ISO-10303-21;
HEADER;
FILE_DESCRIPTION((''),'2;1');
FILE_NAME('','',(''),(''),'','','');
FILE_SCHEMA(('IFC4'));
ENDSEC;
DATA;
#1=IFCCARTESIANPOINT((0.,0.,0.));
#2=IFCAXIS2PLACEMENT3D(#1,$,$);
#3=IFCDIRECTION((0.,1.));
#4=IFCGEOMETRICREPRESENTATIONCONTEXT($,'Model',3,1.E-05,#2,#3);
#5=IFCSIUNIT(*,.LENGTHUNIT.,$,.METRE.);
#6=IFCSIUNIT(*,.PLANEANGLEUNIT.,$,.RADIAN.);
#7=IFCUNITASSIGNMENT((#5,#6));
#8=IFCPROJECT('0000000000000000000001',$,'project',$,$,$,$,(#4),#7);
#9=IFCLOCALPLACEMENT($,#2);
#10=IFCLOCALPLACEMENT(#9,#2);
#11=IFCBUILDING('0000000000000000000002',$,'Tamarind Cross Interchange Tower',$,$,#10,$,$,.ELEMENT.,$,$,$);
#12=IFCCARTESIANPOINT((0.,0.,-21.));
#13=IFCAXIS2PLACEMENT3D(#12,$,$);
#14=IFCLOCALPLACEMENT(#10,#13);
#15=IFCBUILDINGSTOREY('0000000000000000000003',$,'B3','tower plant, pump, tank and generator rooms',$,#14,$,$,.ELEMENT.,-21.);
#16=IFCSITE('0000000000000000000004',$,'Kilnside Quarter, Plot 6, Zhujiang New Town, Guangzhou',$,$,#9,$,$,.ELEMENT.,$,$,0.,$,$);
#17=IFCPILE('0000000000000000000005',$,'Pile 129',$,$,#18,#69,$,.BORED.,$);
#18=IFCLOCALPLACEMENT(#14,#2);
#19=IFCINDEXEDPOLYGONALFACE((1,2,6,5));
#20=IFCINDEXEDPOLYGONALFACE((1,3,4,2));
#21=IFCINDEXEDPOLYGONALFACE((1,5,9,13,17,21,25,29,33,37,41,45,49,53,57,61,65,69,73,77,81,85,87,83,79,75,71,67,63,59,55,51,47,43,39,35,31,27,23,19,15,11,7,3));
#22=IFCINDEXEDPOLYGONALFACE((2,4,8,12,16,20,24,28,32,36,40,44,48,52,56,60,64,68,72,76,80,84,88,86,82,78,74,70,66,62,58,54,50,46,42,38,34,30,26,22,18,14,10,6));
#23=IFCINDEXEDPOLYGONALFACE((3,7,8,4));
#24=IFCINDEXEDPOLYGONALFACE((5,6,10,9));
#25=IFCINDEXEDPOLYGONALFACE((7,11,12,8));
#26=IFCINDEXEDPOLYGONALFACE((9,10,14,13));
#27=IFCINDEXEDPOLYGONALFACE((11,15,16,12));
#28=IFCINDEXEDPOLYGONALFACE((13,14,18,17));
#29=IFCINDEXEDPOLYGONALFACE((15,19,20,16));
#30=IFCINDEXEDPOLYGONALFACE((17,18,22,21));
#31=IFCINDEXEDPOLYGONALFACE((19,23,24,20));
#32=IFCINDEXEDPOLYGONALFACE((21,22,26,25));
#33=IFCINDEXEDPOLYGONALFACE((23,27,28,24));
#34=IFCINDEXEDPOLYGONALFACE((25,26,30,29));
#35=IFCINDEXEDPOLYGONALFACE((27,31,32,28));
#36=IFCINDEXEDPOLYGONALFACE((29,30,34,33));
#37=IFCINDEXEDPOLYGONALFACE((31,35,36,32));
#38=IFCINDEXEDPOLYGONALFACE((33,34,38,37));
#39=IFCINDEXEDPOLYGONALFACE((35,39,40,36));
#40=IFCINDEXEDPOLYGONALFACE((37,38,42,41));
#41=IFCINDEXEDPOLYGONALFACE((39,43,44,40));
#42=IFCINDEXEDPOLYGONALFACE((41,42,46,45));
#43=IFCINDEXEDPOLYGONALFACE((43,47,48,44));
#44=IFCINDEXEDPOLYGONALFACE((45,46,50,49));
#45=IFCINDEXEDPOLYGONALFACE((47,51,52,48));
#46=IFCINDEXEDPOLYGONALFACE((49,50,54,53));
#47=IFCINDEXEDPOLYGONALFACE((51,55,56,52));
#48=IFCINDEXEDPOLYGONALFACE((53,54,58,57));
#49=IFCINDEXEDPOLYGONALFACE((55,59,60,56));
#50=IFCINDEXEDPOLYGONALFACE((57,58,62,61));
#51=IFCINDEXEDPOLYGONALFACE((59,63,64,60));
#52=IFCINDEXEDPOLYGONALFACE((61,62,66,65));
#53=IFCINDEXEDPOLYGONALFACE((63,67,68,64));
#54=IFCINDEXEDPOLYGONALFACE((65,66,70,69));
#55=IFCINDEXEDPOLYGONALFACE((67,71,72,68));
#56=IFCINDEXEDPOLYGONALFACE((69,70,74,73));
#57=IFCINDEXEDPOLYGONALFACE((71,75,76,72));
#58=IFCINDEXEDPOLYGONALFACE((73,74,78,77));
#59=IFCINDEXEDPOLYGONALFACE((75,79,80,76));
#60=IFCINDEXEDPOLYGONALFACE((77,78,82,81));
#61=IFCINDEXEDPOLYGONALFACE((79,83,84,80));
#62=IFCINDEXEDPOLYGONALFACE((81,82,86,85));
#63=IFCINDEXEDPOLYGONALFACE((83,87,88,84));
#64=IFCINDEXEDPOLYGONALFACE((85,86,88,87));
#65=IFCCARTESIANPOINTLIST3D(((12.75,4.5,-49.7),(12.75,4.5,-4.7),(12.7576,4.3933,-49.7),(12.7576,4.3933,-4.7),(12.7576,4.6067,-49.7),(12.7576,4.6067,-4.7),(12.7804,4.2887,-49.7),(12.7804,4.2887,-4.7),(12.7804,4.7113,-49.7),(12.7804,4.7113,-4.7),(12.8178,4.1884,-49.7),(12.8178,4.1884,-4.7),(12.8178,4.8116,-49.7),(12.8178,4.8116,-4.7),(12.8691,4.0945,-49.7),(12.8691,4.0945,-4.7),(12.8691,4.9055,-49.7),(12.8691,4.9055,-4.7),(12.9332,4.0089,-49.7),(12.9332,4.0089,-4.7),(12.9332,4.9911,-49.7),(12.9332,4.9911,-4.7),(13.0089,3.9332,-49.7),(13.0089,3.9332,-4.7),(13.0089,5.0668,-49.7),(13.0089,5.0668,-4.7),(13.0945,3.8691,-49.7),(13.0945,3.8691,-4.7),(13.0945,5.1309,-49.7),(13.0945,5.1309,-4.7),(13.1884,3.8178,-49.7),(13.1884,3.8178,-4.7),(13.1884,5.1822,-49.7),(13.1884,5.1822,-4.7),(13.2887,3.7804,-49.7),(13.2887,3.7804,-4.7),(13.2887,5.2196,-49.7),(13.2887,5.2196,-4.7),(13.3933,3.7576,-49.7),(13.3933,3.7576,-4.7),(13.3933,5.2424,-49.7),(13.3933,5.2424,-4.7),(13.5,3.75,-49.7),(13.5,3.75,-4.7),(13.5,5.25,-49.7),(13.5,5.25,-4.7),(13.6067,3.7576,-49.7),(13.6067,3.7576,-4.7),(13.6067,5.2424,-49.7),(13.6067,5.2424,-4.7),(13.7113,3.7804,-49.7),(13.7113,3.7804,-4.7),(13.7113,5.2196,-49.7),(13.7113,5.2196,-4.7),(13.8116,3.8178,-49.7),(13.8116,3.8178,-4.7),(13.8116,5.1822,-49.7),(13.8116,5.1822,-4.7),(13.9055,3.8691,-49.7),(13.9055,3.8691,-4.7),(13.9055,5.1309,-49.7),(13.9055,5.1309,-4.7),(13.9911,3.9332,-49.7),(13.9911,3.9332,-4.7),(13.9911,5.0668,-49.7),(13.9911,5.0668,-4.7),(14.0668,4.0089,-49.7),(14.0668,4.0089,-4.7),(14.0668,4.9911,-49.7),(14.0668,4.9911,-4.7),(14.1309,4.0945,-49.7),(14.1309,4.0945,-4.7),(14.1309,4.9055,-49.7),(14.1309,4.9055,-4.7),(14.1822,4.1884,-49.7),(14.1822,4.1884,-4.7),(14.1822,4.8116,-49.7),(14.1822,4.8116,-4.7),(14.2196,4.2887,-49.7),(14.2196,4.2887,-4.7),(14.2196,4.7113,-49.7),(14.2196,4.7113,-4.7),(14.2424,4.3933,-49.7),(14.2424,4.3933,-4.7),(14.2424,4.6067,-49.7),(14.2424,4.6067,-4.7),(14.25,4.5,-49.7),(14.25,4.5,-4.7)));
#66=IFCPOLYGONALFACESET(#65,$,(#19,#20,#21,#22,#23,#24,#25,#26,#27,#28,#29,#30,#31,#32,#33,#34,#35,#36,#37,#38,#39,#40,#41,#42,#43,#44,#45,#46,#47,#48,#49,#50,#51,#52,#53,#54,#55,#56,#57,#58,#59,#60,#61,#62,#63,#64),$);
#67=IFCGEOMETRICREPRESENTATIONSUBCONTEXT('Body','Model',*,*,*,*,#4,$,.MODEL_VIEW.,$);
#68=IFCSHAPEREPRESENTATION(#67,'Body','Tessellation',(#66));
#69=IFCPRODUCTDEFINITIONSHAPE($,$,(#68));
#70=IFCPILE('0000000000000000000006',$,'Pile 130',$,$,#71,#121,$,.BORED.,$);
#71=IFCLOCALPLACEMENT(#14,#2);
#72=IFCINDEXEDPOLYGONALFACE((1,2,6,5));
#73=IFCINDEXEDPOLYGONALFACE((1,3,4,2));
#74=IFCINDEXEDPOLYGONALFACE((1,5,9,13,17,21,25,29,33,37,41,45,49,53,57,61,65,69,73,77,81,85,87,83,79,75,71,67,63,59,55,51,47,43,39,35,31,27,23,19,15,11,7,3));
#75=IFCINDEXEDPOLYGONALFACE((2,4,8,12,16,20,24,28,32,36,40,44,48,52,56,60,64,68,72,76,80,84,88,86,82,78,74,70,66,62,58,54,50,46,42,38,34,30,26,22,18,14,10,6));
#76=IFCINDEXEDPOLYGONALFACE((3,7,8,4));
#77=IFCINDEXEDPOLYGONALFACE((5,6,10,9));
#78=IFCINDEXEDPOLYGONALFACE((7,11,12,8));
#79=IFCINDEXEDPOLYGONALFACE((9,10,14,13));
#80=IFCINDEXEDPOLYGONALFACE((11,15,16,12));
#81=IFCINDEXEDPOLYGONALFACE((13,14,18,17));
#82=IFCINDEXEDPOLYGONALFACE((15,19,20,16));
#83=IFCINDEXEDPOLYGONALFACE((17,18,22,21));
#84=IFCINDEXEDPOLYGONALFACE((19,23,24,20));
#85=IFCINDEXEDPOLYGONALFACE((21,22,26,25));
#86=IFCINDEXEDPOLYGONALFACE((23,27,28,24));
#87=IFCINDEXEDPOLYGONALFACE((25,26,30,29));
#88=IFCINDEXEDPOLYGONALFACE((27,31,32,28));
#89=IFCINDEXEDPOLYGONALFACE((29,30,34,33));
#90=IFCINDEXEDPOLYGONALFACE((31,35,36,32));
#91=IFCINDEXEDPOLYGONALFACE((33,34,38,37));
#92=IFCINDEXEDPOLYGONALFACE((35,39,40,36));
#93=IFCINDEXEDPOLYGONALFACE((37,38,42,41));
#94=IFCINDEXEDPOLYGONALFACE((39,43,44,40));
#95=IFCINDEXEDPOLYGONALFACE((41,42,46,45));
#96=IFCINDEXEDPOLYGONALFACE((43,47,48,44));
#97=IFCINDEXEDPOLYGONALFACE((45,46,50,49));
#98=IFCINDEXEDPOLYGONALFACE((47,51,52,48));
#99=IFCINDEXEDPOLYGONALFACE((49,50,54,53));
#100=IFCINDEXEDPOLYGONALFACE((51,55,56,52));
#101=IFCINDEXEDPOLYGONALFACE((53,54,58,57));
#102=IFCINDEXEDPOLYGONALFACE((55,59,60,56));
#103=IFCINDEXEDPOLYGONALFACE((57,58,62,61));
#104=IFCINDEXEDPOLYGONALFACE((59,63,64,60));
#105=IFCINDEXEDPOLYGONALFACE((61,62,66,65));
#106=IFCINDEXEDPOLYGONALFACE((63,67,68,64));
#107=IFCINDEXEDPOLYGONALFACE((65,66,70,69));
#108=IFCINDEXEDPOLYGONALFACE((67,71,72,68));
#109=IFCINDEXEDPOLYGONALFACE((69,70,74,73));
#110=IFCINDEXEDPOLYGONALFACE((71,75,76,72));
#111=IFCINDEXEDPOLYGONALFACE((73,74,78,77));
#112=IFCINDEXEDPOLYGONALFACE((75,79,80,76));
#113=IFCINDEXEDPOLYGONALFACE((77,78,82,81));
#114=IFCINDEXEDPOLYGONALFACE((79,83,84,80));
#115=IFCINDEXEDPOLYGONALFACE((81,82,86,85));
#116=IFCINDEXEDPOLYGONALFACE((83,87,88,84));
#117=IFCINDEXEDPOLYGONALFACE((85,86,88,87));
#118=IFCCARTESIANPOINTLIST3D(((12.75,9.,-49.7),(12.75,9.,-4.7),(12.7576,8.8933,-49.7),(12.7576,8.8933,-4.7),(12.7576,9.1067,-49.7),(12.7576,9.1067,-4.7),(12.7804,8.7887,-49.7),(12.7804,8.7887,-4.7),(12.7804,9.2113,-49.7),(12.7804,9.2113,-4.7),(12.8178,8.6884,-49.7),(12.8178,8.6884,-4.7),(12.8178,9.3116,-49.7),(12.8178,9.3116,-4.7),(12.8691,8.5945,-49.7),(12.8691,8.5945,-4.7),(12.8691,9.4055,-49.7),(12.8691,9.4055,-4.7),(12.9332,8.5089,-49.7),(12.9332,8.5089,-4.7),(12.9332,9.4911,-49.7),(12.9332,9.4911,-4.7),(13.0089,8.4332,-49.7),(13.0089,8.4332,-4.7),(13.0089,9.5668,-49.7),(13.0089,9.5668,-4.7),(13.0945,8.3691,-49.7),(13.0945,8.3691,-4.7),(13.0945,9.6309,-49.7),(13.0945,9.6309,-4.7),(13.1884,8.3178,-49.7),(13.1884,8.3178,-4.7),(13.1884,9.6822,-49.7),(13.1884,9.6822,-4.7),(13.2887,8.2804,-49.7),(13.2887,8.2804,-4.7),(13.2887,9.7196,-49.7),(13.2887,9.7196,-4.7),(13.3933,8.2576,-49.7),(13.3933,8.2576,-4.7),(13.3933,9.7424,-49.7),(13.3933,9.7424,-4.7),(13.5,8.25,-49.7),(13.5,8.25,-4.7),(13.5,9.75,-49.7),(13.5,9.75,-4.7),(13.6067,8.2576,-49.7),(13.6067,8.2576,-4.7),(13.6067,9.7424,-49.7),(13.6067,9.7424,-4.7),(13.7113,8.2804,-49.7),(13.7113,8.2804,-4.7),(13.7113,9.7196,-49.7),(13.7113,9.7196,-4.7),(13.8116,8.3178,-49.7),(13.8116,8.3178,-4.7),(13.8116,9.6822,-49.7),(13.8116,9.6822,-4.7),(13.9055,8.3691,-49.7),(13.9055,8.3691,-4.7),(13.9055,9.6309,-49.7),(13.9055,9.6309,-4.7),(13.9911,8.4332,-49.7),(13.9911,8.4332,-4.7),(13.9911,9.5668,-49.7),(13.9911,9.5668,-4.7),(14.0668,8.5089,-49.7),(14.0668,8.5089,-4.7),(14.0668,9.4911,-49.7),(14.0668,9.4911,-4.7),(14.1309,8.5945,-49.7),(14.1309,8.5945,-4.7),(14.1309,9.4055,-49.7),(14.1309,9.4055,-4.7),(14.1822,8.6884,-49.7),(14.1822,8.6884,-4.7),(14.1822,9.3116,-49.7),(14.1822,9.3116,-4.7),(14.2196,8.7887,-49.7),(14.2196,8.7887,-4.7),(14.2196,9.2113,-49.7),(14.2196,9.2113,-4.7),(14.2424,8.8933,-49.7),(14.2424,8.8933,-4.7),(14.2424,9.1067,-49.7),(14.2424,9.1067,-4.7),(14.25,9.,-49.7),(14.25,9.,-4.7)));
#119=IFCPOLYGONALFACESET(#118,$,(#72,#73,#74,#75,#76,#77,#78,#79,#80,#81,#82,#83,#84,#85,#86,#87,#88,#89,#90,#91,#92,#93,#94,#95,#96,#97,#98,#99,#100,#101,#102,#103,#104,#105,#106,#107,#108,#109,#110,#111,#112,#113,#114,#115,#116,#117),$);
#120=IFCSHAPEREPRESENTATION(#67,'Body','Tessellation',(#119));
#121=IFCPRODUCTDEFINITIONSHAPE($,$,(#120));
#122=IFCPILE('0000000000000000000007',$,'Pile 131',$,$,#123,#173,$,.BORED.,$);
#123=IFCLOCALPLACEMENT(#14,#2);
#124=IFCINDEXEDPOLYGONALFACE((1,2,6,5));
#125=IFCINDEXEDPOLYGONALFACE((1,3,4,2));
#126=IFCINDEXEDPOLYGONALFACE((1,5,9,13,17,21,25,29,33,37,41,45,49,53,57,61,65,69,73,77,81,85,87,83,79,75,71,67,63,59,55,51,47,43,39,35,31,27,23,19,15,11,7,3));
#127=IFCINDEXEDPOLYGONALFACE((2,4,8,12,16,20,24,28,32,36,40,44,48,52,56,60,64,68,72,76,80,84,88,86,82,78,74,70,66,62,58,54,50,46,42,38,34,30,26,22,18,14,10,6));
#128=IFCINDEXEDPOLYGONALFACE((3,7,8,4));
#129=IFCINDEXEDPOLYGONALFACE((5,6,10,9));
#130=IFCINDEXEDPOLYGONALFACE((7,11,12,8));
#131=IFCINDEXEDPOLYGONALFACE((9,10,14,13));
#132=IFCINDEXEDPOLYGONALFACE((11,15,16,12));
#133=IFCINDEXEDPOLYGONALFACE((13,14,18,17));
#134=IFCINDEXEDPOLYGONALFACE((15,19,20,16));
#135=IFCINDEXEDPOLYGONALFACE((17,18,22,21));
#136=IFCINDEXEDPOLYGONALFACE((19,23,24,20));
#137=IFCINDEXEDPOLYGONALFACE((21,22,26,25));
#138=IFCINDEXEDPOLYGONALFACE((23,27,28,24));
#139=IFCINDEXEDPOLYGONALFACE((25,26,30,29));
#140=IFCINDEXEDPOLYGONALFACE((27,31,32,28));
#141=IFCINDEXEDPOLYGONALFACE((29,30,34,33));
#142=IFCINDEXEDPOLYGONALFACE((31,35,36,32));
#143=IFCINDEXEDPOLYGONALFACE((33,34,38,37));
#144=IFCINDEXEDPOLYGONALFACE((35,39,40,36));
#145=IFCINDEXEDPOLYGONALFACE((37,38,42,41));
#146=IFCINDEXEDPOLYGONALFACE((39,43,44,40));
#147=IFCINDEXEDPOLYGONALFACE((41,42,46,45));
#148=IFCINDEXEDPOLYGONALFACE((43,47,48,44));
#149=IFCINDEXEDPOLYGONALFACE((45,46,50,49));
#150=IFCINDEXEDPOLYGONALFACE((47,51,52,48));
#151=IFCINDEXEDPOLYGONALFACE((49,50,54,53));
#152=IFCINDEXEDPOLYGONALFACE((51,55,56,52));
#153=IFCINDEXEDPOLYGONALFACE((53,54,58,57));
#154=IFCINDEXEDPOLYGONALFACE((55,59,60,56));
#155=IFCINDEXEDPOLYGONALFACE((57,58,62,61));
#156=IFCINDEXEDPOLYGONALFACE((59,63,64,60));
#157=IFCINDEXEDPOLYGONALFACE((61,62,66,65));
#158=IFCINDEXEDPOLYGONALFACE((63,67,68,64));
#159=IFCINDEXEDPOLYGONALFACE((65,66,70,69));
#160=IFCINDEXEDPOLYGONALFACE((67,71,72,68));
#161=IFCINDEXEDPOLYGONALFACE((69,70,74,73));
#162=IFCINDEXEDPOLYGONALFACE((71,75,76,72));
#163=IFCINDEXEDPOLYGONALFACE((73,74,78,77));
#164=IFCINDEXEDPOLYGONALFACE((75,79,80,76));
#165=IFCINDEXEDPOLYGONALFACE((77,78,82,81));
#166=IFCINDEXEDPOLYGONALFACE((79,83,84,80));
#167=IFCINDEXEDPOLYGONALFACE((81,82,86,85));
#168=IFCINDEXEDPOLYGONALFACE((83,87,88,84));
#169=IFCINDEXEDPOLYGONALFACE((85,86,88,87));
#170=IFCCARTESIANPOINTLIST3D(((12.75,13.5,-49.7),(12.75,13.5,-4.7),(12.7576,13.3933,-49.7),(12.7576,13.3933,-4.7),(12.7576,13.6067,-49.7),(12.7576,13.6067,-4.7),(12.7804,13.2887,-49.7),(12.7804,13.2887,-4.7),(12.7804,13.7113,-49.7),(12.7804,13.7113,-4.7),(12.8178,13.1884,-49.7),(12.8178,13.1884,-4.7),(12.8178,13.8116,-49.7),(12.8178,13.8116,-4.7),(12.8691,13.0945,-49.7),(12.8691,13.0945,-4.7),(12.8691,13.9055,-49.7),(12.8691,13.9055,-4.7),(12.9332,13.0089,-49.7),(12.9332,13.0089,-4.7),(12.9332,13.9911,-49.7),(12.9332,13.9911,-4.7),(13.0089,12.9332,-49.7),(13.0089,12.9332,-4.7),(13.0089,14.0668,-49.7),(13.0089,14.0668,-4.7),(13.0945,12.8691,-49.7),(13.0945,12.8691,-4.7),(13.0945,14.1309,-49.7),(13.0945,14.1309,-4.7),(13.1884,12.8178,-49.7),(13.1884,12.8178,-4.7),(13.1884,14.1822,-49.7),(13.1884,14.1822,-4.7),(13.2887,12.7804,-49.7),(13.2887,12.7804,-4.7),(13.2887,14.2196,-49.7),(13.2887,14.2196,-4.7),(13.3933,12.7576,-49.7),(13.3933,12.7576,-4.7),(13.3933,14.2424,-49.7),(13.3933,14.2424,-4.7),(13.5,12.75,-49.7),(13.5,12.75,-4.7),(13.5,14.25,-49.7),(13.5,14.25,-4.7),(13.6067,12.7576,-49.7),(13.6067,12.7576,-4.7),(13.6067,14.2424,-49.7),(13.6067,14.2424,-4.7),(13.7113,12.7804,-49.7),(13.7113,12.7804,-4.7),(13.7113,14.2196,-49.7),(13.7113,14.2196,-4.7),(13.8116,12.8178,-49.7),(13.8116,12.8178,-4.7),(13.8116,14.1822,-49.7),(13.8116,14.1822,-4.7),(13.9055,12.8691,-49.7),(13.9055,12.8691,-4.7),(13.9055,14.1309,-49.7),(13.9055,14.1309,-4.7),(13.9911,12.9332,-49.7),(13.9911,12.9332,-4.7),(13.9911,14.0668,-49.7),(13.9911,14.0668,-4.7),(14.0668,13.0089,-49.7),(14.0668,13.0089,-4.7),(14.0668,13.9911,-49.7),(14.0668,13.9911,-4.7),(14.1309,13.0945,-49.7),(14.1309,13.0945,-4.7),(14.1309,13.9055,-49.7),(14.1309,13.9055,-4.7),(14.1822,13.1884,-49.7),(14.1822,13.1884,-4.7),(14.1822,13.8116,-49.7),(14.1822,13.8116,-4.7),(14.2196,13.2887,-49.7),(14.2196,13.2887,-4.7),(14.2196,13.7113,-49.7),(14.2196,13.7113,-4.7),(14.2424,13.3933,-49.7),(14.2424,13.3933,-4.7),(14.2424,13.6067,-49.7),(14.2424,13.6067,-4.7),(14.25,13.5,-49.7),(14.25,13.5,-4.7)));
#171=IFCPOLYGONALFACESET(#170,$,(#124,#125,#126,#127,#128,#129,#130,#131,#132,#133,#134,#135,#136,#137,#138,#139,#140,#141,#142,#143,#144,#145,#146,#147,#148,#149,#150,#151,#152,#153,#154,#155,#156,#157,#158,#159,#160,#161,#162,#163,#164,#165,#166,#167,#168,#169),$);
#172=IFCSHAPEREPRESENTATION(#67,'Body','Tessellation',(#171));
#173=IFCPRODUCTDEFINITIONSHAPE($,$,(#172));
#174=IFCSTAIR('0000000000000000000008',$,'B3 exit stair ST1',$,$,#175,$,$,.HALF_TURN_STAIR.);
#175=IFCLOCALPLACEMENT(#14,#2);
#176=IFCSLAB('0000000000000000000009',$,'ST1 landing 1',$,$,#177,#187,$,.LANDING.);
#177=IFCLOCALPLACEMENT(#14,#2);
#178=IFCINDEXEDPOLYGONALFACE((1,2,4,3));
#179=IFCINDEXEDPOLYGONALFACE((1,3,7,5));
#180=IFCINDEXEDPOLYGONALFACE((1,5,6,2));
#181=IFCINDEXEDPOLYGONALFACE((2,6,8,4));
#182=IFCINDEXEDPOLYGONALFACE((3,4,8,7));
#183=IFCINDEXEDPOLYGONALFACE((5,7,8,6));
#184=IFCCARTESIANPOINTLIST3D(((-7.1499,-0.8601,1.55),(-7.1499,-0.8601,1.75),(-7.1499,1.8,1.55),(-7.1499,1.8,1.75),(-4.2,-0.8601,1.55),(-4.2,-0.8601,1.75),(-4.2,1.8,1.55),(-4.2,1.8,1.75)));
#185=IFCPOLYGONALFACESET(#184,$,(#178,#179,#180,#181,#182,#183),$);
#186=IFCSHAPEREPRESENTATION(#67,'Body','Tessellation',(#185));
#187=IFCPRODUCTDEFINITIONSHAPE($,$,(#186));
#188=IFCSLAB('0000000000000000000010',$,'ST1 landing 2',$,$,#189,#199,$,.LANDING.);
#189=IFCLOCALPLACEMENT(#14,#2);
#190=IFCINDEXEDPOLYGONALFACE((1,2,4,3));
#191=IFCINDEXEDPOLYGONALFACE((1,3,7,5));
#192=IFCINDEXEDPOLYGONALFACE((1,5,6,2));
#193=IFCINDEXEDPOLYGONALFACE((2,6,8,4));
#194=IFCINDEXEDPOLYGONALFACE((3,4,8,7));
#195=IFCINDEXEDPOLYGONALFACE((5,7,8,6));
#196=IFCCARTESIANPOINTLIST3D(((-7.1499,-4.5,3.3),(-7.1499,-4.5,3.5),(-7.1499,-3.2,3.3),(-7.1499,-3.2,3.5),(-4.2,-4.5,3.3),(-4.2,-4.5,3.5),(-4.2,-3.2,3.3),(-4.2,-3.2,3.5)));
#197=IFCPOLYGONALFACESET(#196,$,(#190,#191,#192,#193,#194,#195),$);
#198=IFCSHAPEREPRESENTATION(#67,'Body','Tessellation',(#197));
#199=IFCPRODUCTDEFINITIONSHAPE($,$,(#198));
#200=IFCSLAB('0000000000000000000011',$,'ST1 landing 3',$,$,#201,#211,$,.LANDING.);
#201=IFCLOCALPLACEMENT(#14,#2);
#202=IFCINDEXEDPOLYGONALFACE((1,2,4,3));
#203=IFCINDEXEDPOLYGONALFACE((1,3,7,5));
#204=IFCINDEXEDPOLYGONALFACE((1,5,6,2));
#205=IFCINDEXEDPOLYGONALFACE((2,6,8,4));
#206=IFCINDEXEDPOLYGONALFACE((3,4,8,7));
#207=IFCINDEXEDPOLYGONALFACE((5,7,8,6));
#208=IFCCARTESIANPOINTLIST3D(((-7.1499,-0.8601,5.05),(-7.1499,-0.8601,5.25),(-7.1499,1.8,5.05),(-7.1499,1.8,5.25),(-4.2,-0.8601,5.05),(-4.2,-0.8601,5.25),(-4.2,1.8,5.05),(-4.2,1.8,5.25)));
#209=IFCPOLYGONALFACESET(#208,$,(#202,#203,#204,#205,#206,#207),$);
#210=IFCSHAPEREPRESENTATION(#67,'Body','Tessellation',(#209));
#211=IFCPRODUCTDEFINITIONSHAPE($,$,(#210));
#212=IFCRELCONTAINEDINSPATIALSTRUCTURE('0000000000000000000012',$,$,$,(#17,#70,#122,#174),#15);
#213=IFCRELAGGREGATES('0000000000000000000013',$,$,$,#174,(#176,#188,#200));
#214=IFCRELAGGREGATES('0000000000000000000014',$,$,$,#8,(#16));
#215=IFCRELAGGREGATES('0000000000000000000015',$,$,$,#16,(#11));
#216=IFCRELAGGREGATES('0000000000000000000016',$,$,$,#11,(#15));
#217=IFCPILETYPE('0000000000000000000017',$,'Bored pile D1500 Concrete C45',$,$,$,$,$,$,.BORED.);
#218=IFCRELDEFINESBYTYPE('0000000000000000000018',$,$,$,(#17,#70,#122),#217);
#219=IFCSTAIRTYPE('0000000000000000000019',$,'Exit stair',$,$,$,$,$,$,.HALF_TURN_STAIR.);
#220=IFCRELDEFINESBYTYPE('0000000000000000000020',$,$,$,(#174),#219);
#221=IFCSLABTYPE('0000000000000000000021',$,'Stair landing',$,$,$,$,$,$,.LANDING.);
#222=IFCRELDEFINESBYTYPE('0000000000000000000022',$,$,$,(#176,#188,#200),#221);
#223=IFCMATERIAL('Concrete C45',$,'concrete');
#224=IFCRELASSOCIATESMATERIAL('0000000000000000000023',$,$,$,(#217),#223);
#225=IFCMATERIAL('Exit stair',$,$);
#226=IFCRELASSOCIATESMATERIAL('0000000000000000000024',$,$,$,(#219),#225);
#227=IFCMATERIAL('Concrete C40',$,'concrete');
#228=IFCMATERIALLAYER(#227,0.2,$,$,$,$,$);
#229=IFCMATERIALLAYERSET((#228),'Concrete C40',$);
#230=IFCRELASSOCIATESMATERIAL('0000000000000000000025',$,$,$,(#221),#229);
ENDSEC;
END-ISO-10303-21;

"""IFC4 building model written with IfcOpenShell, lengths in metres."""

from ifc_helpers import new_model, si_unit, direction, frame, origin, origin_2d, place, context, subcontext, project, spatial, polyline, circle, outline, extrude, material, layer, layer_set, material_profile, profile_set, type_object, element, aggregate, save


model = new_model("IFC4")

# Units and contexts
model_context = context("Model", 3, precision=1e-05, world=origin(), true_north=direction((0.0, 1.0)))
body_context = subcontext(model_context, "Body", "Model", "MODEL_VIEW")
ifc_project = project(units=[si_unit("LENGTHUNIT", "METRE"), si_unit("PLANEANGLEUNIT", "RADIAN")], contexts=[model_context])

# Site, building, storey
site_placement = place(None, origin())
site = spatial("IfcSite", under=ifc_project, at=site_placement, Name="Kilnside Quarter, Plot 6, Zhujiang New Town, Guangzhou", CompositionType="ELEMENT", RefElevation=0.0)
building_placement = place(site_placement, origin())
building = spatial("IfcBuilding", under=site, at=building_placement, Name="Tamarind Cross Interchange Tower", CompositionType="ELEMENT")
storey_placement = place(building_placement, frame((0.0, 0.0, -21.0)))
storey = spatial("IfcBuildingStorey", under=building, at=storey_placement, Name="B3", Description="tower plant, pump, tank and generator rooms", CompositionType="ELEMENT", Elevation=-21.0)

# Piles
ifc_material_1 = material(Name="Concrete C45", Category="concrete")
ifc_material_profile = material_profile(ifc_material_1, circle(Radius=0.75, at=origin_2d()), Name="RC D1500")
ifc_profile_set = profile_set([ifc_material_profile], Name="Concrete C45")
pile_type = type_object("IfcPileType", Name="Bored pile D1500 Concrete C45", PredefinedType="BORED", material=ifc_profile_set)
for number, where, z_axis, x_axis, name in (
    (1, (13.5, 4.5, -4.7), (0.0, 0.0, -1.0), (1.0, 0.0, 0.0), "Pile 129"),
    (2, (13.5, 9.0, -4.7), (0.0, 0.0, -1.0), (1.0, 0.0, 0.0), "Pile 130"),
    (3, (13.5, 13.5, -4.7), (0.0, 0.0, -1.0), (1.0, 0.0, 0.0), "Pile 131"),
):
    element("IfcPile", number, at=place(storey_placement, frame(where, z_axis=z_axis, x_axis=x_axis)), inside=storey, type_object=pile_type, Name=name, PredefinedType="BORED", context=body_context, shape_type="SweptSolid", body=[
        extrude(circle(Radius=0.75, at=origin_2d()), origin(), (0.0, 0.0, 1.0), 45.0),
    ])

# Stair, slabs
ifc_material_2 = material(Name="Exit stair")
stair_type = type_object("IfcStairType", Name="Exit stair", PredefinedType="HALF_TURN_STAIR", material=ifc_material_2)
stair_1_placement = place(storey_placement, origin())
stair_1 = element("IfcStair", 4, at=stair_1_placement, inside=storey, type_object=stair_type, Name="B3 exit stair ST1", PredefinedType="HALF_TURN_STAIR")
ifc_material_3 = material(Name="Concrete C40", Category="concrete")
ifc_layer_1 = layer(ifc_material_3, 0.2)
ifc_layer_set_1 = layer_set([ifc_layer_1], Name="Concrete C40")
slab_type = type_object("IfcSlabType", Name="Stair landing", PredefinedType="LANDING", material=ifc_layer_set_1)
slab_1_placement = place(storey_placement, frame((0.0, 0.0, 1.55)))
slab_1 = element("IfcSlab", 5, at=slab_1_placement, type_object=slab_type, Name="ST1 landing 1", PredefinedType="LANDING", context=body_context, shape_type="SweptSolid", body=[
    extrude(outline(polyline([(-4.2, -0.8601), (-4.2, 1.8), (-7.1499, 1.8), (-7.1499, -0.8601), (-4.2, -0.8601)])), origin(), (0.0, 0.0, 1.0), 0.2),
])
slab_2_placement = place(storey_placement, frame((0.0, 0.0, 3.3)))
slab_2 = element("IfcSlab", 6, at=slab_2_placement, type_object=slab_type, Name="ST1 landing 2", PredefinedType="LANDING", context=body_context, shape_type="SweptSolid", body=[
    extrude(outline(polyline([(-4.2, -4.5), (-4.2, -3.2), (-7.1499, -3.2), (-7.1499, -4.5), (-4.2, -4.5)])), origin(), (0.0, 0.0, 1.0), 0.2),
])
slab_3_placement = place(storey_placement, frame((0.0, 0.0, 5.05)))
slab_3 = element("IfcSlab", 7, at=slab_3_placement, type_object=slab_type, Name="ST1 landing 3", PredefinedType="LANDING", context=body_context, shape_type="SweptSolid", body=[
    extrude(outline(polyline([(-4.2, -0.8601), (-4.2, 1.8), (-7.1499, 1.8), (-7.1499, -0.8601), (-4.2, -0.8601)])), origin(), (0.0, 0.0, 1.0), 0.2),
])
aggregate(stair_1, [slab_1, slab_2, slab_3])

save(model, "model.ifc")
